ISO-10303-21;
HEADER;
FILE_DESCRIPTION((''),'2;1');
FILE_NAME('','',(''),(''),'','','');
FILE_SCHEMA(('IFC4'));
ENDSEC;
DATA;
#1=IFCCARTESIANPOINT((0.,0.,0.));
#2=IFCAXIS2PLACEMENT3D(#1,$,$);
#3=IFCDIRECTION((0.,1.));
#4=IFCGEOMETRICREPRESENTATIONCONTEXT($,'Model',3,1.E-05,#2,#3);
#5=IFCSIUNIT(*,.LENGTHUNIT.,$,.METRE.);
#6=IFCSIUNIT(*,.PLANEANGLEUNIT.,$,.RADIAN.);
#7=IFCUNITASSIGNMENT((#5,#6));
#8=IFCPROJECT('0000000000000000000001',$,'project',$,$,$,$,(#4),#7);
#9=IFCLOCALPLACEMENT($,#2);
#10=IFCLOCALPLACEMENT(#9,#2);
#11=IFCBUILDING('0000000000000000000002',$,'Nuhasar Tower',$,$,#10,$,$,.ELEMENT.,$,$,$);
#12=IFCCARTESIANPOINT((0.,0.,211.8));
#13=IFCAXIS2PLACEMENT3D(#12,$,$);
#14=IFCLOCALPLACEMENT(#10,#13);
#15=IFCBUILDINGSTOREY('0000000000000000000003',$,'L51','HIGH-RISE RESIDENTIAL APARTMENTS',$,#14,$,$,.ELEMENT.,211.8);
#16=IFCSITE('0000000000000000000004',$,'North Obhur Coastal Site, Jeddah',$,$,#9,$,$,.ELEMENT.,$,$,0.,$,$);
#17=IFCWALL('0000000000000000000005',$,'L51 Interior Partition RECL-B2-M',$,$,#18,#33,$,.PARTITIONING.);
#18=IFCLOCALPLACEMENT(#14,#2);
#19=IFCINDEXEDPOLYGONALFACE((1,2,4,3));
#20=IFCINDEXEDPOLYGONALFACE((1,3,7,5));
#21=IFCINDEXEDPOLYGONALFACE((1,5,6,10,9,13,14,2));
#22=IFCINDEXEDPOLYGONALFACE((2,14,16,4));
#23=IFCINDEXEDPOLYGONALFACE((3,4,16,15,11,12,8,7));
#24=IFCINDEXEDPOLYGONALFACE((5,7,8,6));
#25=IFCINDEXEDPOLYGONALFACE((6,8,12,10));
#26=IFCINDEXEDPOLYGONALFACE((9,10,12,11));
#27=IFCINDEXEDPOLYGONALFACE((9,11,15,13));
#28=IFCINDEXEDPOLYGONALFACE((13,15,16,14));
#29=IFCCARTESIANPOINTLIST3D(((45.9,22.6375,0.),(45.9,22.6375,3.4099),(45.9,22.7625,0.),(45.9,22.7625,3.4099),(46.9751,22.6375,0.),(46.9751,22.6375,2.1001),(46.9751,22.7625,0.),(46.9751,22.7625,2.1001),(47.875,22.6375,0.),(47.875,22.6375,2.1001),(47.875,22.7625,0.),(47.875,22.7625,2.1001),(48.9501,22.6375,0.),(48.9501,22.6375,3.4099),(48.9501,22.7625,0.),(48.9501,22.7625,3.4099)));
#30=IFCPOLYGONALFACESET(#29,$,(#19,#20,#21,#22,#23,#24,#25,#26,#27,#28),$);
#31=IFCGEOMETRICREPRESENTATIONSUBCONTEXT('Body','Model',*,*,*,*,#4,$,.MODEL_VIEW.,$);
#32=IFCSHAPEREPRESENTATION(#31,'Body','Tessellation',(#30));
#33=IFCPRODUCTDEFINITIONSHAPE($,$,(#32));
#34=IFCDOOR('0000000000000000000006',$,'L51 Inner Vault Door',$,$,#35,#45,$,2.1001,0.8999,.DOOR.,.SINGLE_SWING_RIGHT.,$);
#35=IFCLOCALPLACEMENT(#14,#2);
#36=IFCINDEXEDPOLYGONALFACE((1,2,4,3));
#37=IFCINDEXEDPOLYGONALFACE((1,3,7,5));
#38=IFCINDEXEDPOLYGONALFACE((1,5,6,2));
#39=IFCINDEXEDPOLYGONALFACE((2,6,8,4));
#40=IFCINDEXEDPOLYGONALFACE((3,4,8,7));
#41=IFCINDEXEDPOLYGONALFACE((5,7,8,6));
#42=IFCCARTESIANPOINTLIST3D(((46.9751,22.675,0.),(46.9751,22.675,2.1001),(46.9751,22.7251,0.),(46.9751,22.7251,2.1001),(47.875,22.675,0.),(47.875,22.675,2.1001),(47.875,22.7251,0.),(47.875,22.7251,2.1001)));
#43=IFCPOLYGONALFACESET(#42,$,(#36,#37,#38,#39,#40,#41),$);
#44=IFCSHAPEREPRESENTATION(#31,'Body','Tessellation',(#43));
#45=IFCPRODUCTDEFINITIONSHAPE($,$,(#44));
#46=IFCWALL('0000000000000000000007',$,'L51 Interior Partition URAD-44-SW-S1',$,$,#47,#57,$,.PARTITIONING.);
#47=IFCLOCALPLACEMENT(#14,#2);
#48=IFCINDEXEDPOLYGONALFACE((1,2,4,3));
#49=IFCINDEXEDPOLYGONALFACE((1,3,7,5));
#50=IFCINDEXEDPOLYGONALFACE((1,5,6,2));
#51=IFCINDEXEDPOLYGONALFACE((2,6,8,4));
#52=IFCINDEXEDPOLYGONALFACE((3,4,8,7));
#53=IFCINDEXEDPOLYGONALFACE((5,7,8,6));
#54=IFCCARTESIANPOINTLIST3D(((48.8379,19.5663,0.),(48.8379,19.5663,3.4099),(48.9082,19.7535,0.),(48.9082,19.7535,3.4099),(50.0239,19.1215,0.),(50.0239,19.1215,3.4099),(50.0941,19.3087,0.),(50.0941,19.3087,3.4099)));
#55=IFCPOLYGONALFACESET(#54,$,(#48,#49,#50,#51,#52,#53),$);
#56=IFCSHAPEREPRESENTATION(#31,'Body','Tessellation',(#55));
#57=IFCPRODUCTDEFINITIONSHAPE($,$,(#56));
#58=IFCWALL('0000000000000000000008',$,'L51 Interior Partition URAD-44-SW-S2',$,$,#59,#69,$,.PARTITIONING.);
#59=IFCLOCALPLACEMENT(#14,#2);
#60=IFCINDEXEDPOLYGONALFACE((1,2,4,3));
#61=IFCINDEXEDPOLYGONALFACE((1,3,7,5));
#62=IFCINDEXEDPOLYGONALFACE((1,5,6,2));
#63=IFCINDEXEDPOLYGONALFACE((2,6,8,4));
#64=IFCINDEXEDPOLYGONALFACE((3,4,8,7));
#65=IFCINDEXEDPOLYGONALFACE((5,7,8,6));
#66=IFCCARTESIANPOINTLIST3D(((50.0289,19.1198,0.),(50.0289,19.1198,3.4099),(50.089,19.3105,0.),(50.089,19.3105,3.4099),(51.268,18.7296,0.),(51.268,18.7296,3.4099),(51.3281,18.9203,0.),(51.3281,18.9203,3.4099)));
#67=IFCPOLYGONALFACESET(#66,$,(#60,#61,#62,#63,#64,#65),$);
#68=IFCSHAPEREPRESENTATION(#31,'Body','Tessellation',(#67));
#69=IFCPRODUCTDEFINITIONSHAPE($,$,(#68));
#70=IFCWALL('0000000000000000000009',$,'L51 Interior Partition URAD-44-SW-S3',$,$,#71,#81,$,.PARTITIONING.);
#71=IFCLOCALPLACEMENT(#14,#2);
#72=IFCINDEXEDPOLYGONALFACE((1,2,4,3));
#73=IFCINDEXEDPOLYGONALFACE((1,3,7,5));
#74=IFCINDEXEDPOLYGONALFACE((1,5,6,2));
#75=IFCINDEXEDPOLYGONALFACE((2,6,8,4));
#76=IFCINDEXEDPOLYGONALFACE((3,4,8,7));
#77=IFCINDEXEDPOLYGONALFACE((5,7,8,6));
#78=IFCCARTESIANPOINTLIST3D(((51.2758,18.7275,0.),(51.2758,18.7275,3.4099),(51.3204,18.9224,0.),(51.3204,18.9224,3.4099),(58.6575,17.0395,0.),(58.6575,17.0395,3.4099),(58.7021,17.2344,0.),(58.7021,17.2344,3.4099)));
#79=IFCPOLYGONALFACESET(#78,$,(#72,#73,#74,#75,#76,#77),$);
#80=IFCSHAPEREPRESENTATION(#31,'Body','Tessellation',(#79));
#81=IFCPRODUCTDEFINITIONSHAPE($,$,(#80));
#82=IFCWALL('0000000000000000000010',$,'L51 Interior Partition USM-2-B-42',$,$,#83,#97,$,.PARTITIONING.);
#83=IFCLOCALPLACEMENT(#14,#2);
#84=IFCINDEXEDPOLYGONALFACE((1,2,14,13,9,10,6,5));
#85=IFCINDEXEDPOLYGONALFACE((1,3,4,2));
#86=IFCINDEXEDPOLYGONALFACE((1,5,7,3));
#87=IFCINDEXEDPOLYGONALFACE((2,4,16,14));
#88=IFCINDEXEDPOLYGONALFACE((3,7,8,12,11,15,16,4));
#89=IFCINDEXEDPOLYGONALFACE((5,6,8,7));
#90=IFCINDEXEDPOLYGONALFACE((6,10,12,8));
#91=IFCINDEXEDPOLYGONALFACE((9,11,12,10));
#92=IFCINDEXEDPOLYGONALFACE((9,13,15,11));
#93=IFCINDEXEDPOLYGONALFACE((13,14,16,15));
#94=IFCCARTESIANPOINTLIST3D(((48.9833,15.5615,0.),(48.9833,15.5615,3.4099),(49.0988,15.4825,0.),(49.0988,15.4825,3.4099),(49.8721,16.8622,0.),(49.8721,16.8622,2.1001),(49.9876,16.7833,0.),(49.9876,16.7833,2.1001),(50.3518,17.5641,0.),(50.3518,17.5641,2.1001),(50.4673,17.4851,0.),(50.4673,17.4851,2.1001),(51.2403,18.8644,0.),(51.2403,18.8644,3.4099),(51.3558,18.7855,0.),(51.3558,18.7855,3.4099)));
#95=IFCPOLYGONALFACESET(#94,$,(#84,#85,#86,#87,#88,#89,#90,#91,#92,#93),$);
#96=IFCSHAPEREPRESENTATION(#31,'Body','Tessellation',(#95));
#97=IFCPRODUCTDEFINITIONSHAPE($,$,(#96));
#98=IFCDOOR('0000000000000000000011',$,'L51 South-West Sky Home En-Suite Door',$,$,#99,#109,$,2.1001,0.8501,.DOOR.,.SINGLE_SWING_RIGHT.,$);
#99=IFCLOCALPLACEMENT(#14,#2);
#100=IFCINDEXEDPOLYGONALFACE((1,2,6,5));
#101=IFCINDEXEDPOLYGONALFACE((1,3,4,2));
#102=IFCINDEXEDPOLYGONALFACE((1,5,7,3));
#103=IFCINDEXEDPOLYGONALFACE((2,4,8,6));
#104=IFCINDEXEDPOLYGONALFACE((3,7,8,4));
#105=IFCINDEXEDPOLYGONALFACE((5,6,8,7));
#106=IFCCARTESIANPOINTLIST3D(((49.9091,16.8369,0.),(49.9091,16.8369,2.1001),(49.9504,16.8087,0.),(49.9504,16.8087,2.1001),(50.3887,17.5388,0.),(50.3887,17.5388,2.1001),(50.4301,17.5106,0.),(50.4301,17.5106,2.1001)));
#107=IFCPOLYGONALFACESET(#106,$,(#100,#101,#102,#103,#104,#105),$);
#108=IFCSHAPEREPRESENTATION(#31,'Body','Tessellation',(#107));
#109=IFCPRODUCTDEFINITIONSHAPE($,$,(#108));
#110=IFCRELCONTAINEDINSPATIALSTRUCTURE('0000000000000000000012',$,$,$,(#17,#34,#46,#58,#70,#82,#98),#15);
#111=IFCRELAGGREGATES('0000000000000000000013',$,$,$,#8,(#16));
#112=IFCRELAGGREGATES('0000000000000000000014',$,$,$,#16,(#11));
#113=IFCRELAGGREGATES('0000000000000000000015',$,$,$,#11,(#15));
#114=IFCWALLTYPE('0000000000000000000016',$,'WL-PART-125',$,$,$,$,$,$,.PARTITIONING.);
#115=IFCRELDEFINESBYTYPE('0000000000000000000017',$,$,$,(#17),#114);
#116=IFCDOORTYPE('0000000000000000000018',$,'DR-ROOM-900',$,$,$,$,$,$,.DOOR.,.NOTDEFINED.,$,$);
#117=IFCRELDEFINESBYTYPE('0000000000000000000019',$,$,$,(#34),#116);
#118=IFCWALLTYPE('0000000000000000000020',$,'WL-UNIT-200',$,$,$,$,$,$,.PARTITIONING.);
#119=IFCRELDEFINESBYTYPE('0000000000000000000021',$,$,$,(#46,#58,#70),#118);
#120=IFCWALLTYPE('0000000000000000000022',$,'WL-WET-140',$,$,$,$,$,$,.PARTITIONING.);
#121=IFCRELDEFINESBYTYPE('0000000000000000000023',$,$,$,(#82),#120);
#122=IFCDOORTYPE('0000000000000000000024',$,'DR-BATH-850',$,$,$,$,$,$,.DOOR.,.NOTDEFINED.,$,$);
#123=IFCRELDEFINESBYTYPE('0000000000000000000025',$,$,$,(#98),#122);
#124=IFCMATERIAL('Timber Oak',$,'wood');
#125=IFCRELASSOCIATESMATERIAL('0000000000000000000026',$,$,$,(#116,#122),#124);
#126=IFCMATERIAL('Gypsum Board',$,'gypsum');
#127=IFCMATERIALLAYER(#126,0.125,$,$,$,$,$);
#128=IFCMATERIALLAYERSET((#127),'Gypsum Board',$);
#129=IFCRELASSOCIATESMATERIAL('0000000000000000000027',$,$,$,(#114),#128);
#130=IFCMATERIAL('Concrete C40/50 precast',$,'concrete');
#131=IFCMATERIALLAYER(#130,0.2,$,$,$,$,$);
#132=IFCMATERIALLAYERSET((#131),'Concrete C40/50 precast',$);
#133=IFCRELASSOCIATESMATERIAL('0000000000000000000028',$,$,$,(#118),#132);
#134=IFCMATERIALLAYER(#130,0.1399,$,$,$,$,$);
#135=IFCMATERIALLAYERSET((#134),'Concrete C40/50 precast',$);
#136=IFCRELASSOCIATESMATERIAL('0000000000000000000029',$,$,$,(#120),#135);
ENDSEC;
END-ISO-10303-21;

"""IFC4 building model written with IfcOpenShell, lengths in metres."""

from ifc_helpers import new_model, si_unit, direction, frame, frame_2d, origin, place, context, subcontext, project, spatial, rectangle, extrude, material, layer, layer_set, type_object, element, fill, save


model = new_model("IFC4")

# Units and contexts
model_context = context("Model", 3, precision=1e-05, world=origin(), true_north=direction((0.0, 1.0)))
body_context = subcontext(model_context, "Body", "Model", "MODEL_VIEW")
ifc_project = project(units=[si_unit("LENGTHUNIT", "METRE"), si_unit("PLANEANGLEUNIT", "RADIAN")], contexts=[model_context])

# Site, building, storey
site_placement = place(None, origin())
site = spatial("IfcSite", under=ifc_project, at=site_placement, Name="North Obhur Coastal Site, Jeddah", CompositionType="ELEMENT", RefElevation=0.0)
building_placement = place(site_placement, origin())
building = spatial("IfcBuilding", under=site, at=building_placement, Name="Nuhasar Tower", CompositionType="ELEMENT")
storey_placement = place(building_placement, frame((0.0, 0.0, 211.8)))
storey = spatial("IfcBuildingStorey", under=building, at=storey_placement, Name="L51", Description="HIGH-RISE RESIDENTIAL APARTMENTS", CompositionType="ELEMENT", Elevation=211.8)

# Shared definitions
ifc_material_1 = material(Name="Gypsum Board", Category="gypsum")

# Shared definitions
ifc_material_2 = material(Name="Timber Oak", Category="wood")
door_type_1 = type_object("IfcDoorType", Name="DR-ROOM-900", OperationType="NOTDEFINED", PredefinedType="DOOR", material=ifc_material_2)

# Wall, opening, door
ifc_layer_1 = layer(ifc_material_1, 0.125)
ifc_layer_set_1 = layer_set([ifc_layer_1], Name="Gypsum Board")
wall_type_1 = type_object("IfcWallType", Name="WL-PART-125", PredefinedType="PARTITIONING", material=ifc_layer_set_1)
wall_1_placement = place(storey_placement, frame((48.95, 22.7, 0.0), z_axis=(0.0, 0.0, 1.0), x_axis=(-1.0, 0.0, 0.0)))
wall_1 = element("IfcWall", 1, at=wall_1_placement, inside=storey, type_object=wall_type_1, Name="L51 Interior Partition RECL-B2-M", PredefinedType="PARTITIONING", context=body_context, shape_type="SweptSolid", body=[
    extrude(rectangle(XDim=3.05, YDim=0.125, at=frame_2d((1.5249, 0.0))), origin(), (0.0, 0.0, 1.0), 3.4099),
])
opening_1_placement = place(wall_1_placement, frame((1.075, 0.0, 0.0)))
opening_1 = element("IfcOpeningElement", 2, at=opening_1_placement, cuts=wall_1, PredefinedType="OPENING", context=body_context, shape_type="SweptSolid", body=[
    extrude(rectangle(XDim=0.8999, YDim=2.1001, at=frame_2d((0.45, 1.05))), frame((0.0, 0.0725, 0.0), z_axis=(0.0, -1.0, 0.0), x_axis=(1.0, 0.0, 0.0)), (0.0, 0.0, 1.0), 0.145),
])
door_1_placement = place(opening_1_placement, origin())
door_1 = element("IfcDoor", 3, at=door_1_placement, inside=storey, type_object=door_type_1, Name="L51 Inner Vault Door", OperationType="SINGLE_SWING_RIGHT", OverallHeight=2.1001, OverallWidth=0.8999, PredefinedType="DOOR", context=body_context, shape_type="SweptSolid", body=[
    extrude(rectangle(XDim=0.8999, YDim=2.1001, at=frame_2d((0.45, 1.05))), frame((0.0, 0.0249, 0.0), z_axis=(0.0, -1.0, 0.0), x_axis=(1.0, 0.0, 0.0)), (0.0, 0.0, 1.0), 0.05),
])
fill(opening_1, door_1)

# Walls
ifc_material_3 = material(Name="Concrete C40/50 precast", Category="concrete")
ifc_layer_2 = layer(ifc_material_3, 0.2)
ifc_layer_set_2 = layer_set([ifc_layer_2], Name="Concrete C40/50 precast")
wall_type_2 = type_object("IfcWallType", Name="WL-UNIT-200", PredefinedType="PARTITIONING", material=ifc_layer_set_2)
wall_2_placement = place(storey_placement, frame((48.873, 19.6599, 0.0), z_axis=(0.0, 0.0, 1.0), x_axis=(0.936313, -0.351166, 0.0)))
element("IfcWall", 4, at=wall_2_placement, inside=storey, type_object=wall_type_2, Name="L51 Interior Partition URAD-44-SW-S1", PredefinedType="PARTITIONING", context=body_context, shape_type="SweptSolid", body=[
    extrude(rectangle(XDim=1.2666, YDim=0.2, at=frame_2d((0.6333, 0.0))), origin(), (0.0, 0.0, 1.0), 3.4099),
])
wall_3_placement = place(storey_placement, frame((50.0591, 19.2151, 0.0), z_axis=(0.0, 0.0, 1.0), x_axis=(0.953832, -0.30034, 0.0)))
element("IfcWall", 5, at=wall_3_placement, inside=storey, type_object=wall_type_2, Name="L51 Interior Partition URAD-44-SW-S2", PredefinedType="PARTITIONING", context=body_context, shape_type="SweptSolid", body=[
    extrude(rectangle(XDim=1.2991, YDim=0.2, at=frame_2d((0.6494, 0.0))), origin(), (0.0, 0.0, 1.0), 3.4099),
])
wall_4_placement = place(storey_placement, frame((51.2981, 18.825, 0.0), z_axis=(0.0, 0.0, 1.0), x_axis=(0.974838, -0.222914, 0.0)))
element("IfcWall", 6, at=wall_4_placement, inside=storey, type_object=wall_type_2, Name="L51 Interior Partition URAD-44-SW-S3", PredefinedType="PARTITIONING", context=body_context, shape_type="SweptSolid", body=[
    extrude(rectangle(XDim=7.5723, YDim=0.2, at=frame_2d((3.7861, 0.0))), origin(), (0.0, 0.0, 1.0), 3.4099),
])

# Wall, opening, door
ifc_layer_3 = layer(ifc_material_3, 0.1399)
ifc_layer_set_3 = layer_set([ifc_layer_3], Name="Concrete C40/50 precast")
wall_type_3 = type_object("IfcWallType", Name="WL-WET-140", PredefinedType="PARTITIONING", material=ifc_layer_set_3)
wall_5_placement = place(storey_placement, frame((51.2981, 18.825, 0.0), z_axis=(0.0, 0.0, 1.0), x_axis=(-0.564198, -0.825639, 0.0)))
wall_5 = element("IfcWall", 7, at=wall_5_placement, inside=storey, type_object=wall_type_3, Name="L51 Interior Partition USM-2-B-42", PredefinedType="PARTITIONING", context=body_context, shape_type="SweptSolid", body=[
    extrude(rectangle(XDim=4.0005, YDim=0.1399, at=frame_2d((2.0002, 0.0))), origin(), (0.0, 0.0, 1.0), 3.4099),
])
opening_2_placement = place(wall_5_placement, frame((1.575, 0.0, 0.0)))
opening_2 = element("IfcOpeningElement", 8, at=opening_2_placement, cuts=wall_5, PredefinedType="OPENING", context=body_context, shape_type="SweptSolid", body=[
    extrude(rectangle(XDim=0.8501, YDim=2.1001, at=frame_2d((0.425, 1.05))), frame((0.0, 0.0801, 0.0), z_axis=(0.0, -1.0, 0.0), x_axis=(1.0, 0.0, 0.0)), (0.0, 0.0, 1.0), 0.1599),
])
door_type_2 = type_object("IfcDoorType", Name="DR-BATH-850", OperationType="NOTDEFINED", PredefinedType="DOOR", material=ifc_material_2)
door_2_placement = place(opening_2_placement, origin())
door_2 = element("IfcDoor", 9, at=door_2_placement, inside=storey, type_object=door_type_2, Name="L51 South-West Sky Home En-Suite Door", OperationType="SINGLE_SWING_RIGHT", OverallHeight=2.1001, OverallWidth=0.8501, PredefinedType="DOOR", context=body_context, shape_type="SweptSolid", body=[
    extrude(rectangle(XDim=0.8501, YDim=2.1001, at=frame_2d((0.425, 1.05))), frame((0.0, 0.0249, 0.0), z_axis=(0.0, -1.0, 0.0), x_axis=(1.0, 0.0, 0.0)), (0.0, 0.0, 1.0), 0.05),
])
fill(opening_2, door_2)

save(model, "model.ifc")
